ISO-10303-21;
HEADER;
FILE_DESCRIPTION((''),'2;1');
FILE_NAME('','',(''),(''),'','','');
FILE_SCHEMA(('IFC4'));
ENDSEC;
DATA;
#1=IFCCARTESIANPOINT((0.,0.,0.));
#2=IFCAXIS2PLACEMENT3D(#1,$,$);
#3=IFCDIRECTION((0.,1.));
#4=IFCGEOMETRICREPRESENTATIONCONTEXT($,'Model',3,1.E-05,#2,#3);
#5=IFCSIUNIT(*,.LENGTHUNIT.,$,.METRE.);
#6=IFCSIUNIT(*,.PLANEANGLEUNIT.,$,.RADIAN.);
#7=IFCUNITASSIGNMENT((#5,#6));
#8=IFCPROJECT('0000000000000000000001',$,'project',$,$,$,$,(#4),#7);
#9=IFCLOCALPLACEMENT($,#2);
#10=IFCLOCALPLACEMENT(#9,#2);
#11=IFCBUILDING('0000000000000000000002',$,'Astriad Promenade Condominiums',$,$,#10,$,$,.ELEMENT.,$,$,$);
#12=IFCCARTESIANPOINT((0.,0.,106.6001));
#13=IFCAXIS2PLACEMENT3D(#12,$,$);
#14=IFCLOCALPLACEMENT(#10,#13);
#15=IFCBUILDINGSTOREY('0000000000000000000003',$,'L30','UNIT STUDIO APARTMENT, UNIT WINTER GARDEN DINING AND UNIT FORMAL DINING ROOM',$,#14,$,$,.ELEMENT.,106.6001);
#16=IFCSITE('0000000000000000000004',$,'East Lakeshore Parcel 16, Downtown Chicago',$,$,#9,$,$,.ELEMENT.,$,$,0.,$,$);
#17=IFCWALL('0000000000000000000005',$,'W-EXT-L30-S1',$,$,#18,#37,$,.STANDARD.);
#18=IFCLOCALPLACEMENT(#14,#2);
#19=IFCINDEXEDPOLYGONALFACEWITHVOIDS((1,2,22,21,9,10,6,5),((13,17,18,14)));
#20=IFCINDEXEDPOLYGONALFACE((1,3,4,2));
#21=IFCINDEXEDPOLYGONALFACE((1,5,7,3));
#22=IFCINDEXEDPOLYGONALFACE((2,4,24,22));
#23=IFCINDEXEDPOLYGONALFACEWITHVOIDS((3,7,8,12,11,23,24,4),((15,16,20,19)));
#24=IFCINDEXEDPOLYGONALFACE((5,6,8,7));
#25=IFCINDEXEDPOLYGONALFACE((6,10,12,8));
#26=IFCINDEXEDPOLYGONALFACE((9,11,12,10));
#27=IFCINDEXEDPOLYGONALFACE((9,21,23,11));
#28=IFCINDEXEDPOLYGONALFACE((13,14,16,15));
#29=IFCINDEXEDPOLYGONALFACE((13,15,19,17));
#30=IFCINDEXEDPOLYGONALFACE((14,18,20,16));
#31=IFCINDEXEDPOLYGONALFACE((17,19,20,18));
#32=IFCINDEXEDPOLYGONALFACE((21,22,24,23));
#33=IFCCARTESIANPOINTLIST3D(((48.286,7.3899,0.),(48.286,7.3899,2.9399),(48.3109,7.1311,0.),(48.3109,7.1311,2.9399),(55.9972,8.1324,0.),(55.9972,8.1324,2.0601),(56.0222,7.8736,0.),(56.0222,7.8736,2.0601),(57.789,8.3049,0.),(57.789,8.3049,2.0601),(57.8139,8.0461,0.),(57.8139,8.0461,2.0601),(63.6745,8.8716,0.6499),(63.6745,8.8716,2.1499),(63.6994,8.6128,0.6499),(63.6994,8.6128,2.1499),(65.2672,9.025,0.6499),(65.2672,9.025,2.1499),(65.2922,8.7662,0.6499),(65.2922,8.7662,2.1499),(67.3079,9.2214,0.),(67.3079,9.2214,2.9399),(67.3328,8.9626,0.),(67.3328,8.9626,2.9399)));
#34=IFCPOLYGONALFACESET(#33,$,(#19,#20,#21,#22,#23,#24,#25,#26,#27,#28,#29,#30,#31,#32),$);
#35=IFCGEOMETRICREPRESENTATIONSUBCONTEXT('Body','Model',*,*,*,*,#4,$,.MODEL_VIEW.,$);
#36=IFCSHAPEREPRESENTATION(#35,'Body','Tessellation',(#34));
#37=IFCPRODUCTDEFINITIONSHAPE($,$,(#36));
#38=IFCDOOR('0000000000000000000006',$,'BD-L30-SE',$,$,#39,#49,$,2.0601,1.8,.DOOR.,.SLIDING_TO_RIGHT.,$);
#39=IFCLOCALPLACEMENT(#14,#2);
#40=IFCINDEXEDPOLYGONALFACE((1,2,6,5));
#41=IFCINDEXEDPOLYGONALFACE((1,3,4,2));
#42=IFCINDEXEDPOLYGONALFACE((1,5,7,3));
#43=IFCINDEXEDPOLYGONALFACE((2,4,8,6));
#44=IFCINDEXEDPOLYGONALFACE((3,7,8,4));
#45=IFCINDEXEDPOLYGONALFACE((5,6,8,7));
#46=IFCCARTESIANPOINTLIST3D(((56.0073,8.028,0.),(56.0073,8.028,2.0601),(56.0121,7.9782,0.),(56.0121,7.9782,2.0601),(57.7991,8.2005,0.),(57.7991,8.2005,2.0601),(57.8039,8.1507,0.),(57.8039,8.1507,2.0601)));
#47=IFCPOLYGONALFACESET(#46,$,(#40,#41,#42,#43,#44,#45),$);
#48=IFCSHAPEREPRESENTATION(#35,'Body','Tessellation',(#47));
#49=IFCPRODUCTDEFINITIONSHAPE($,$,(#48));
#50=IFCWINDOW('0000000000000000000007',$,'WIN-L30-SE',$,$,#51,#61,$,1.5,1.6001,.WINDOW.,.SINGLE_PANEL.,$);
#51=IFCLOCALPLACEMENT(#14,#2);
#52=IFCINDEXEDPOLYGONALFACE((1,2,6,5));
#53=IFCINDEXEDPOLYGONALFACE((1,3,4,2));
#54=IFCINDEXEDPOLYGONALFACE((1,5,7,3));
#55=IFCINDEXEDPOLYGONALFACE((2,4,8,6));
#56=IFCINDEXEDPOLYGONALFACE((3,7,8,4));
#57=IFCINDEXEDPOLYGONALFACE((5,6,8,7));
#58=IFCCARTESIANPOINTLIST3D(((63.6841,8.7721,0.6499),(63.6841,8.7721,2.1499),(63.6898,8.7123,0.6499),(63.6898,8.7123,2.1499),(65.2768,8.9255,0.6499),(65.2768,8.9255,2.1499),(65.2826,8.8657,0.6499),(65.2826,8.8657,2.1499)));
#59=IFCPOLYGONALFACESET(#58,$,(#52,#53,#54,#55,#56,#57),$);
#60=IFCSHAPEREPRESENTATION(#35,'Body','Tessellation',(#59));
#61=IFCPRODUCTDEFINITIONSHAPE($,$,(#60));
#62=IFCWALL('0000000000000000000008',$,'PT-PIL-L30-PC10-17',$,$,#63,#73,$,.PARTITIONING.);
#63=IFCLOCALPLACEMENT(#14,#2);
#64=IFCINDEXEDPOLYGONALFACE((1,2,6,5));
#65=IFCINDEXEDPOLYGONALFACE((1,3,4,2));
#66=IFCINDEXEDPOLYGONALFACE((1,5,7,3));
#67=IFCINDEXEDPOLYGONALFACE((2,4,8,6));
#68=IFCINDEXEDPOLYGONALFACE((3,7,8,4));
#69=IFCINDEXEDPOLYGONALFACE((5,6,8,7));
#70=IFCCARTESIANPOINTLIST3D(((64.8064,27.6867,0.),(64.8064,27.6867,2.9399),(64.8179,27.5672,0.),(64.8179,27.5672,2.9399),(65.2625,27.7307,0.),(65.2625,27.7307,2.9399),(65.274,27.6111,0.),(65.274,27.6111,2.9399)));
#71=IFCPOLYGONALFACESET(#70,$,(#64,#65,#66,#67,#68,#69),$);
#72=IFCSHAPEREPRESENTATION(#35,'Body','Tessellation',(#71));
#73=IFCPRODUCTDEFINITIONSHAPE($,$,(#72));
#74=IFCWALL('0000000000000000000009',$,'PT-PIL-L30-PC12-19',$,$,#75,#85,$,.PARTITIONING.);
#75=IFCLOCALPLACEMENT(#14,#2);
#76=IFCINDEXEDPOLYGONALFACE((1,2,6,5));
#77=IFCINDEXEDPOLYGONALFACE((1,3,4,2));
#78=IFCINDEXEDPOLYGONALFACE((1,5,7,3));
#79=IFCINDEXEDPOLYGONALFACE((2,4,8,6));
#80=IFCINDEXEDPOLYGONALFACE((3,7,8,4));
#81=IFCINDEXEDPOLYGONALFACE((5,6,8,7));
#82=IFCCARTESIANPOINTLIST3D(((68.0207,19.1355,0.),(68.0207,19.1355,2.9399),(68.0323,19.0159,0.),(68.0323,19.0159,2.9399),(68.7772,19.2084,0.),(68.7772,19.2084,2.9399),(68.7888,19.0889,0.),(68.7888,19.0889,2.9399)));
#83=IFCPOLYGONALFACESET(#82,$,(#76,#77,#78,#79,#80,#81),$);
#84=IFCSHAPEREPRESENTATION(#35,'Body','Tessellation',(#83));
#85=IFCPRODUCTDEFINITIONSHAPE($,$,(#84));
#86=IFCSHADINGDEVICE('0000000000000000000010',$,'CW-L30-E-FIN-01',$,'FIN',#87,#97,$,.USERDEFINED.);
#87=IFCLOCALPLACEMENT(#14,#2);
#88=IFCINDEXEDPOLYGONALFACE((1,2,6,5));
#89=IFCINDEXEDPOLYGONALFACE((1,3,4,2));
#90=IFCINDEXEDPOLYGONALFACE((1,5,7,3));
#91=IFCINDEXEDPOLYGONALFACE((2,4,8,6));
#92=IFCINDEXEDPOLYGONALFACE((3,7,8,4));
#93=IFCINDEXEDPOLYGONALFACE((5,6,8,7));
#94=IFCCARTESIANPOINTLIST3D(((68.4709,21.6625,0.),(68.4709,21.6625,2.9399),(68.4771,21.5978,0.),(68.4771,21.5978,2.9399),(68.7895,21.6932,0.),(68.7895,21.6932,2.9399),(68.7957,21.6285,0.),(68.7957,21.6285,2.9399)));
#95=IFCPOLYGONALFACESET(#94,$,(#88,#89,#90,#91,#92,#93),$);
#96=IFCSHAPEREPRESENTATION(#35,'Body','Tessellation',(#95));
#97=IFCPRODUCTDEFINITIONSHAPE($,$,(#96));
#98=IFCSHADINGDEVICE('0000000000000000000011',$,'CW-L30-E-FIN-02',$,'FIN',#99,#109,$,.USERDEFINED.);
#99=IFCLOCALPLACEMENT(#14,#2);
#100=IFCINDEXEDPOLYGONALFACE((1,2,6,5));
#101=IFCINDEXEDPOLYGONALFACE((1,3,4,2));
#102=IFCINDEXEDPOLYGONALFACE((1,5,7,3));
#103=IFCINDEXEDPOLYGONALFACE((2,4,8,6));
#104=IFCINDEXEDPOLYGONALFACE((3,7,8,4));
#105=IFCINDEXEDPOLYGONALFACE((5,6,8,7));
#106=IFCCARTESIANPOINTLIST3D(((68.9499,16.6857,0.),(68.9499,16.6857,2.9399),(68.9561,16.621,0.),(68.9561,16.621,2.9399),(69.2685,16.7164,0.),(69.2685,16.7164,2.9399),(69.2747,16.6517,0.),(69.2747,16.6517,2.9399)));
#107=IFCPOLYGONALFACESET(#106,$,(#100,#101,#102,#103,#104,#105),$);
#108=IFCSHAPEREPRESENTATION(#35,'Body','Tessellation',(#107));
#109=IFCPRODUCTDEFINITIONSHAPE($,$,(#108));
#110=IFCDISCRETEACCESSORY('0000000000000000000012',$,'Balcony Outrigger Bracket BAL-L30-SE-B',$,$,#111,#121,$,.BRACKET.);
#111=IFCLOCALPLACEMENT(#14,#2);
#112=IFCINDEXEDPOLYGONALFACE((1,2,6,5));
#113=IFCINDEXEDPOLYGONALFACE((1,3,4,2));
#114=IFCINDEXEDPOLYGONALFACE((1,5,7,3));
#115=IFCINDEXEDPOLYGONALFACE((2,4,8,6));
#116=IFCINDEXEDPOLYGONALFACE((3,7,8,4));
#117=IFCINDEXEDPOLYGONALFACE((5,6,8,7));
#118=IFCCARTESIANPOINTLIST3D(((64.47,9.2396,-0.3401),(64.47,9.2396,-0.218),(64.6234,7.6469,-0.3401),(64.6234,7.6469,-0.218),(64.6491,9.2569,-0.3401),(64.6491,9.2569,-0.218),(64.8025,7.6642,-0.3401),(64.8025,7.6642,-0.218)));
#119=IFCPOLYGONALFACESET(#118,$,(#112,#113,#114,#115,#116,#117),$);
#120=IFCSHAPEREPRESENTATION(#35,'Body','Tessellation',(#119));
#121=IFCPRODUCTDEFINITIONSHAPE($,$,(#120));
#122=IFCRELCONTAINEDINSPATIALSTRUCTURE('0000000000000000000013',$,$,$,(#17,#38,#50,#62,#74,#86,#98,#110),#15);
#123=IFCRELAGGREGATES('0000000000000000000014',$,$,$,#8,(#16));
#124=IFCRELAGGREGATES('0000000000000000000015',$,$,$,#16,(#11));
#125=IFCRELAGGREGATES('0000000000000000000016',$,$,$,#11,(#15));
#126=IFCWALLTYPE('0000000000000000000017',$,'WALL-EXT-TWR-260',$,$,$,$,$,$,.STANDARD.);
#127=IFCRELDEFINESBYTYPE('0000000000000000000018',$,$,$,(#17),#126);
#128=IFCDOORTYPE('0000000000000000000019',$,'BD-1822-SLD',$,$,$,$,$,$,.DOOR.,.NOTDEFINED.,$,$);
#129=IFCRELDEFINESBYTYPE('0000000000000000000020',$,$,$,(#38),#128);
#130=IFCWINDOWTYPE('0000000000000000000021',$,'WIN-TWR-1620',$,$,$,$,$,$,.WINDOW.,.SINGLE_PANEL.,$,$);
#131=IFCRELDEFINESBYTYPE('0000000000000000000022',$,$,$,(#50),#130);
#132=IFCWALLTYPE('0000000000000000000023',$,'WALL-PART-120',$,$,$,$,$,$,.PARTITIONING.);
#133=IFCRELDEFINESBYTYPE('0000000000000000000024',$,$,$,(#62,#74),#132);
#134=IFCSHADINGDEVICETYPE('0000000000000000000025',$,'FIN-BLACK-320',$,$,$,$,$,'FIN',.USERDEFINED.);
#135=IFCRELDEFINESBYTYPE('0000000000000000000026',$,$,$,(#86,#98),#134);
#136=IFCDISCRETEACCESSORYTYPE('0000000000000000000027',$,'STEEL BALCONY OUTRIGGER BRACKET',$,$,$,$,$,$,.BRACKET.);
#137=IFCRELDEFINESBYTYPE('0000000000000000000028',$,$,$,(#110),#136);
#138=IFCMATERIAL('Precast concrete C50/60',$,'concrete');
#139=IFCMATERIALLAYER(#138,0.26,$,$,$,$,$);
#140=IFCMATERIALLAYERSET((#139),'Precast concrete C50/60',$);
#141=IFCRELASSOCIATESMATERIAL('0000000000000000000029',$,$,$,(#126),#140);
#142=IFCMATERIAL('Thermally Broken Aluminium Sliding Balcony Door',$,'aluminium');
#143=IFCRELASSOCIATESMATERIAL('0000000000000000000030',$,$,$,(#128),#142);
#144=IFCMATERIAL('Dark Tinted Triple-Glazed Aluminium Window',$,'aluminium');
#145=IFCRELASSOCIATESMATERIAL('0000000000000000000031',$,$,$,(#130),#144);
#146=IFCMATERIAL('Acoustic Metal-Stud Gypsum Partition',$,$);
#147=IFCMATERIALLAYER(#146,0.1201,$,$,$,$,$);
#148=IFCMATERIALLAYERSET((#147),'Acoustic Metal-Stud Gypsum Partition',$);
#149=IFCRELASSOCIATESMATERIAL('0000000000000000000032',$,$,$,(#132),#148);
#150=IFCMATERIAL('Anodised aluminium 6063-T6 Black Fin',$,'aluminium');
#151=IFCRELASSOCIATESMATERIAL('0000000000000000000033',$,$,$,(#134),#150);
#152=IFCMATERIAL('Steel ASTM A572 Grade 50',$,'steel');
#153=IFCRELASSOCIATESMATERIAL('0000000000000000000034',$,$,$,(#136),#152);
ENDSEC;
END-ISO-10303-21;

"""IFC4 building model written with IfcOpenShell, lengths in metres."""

from ifc_helpers import new_model, si_unit, direction, frame, frame_2d, origin, origin_2d, place, context, subcontext, project, spatial, rectangle, extrude, source, transform, mapped, material, layer, layer_set, type_object, type_shapes, element, fill, save


model = new_model("IFC4")

# Units and contexts
model_context = context("Model", 3, precision=1e-05, world=origin(), true_north=direction((0.0, 1.0)))
body_context = subcontext(model_context, "Body", "Model", "MODEL_VIEW")
ifc_project = project(units=[si_unit("LENGTHUNIT", "METRE"), si_unit("PLANEANGLEUNIT", "RADIAN")], contexts=[model_context])

# Site, building, storey
site_placement = place(None, origin())
site = spatial("IfcSite", under=ifc_project, at=site_placement, Name="East Lakeshore Parcel 16, Downtown Chicago", CompositionType="ELEMENT", RefElevation=0.0)
building_placement = place(site_placement, origin())
building = spatial("IfcBuilding", under=site, at=building_placement, Name="Astriad Promenade Condominiums", CompositionType="ELEMENT")
storey_placement = place(building_placement, frame((0.0, 0.0, 106.6001)))
storey = spatial("IfcBuildingStorey", under=building, at=storey_placement, Name="L30", Description="UNIT STUDIO APARTMENT, UNIT WINTER GARDEN DINING AND UNIT FORMAL DINING ROOM", CompositionType="ELEMENT", Elevation=106.6001)

# Shared definitions
ifc_material_1 = material(Name="Precast concrete C50/60", Category="concrete")
ifc_layer_1 = layer(ifc_material_1, 0.26)
ifc_layer_set_1 = layer_set([ifc_layer_1], Name="Precast concrete C50/60")
wall_type_1 = type_object("IfcWallType", Name="WALL-EXT-TWR-260", PredefinedType="STANDARD", material=ifc_layer_set_1)

# Wall, openings, door, window
wall_1_placement = place(storey_placement, frame((67.3203, 9.092, 0.0), z_axis=(0.0, 0.0, 1.0), x_axis=(-0.995397, -0.095842, 0.0)))
wall_1 = element("IfcWall", 1, at=wall_1_placement, inside=storey, type_object=wall_type_1, Name="W-EXT-L30-S1", PredefinedType="STANDARD", context=body_context, shape_type="SweptSolid", body=[
    extrude(rectangle(XDim=19.1099, YDim=0.26, at=frame_2d((9.5549, 0.0))), origin(), (0.0, 0.0, 1.0), 2.9399),
])
opening_1_placement = place(wall_1_placement, frame((9.563, 0.0, 0.0)))
opening_1 = element("IfcOpeningElement", 2, at=opening_1_placement, cuts=wall_1, PredefinedType="OPENING", context=body_context, shape_type="SweptSolid", body=[
    extrude(rectangle(XDim=1.8, YDim=2.0601, at=frame_2d((0.8999, 1.03))), frame((0.0, 0.1399, 0.0), z_axis=(0.0, -1.0, 0.0), x_axis=(1.0, 0.0, 0.0)), (0.0, 0.0, 1.0), 0.28),
])
opening_2_placement = place(wall_1_placement, frame((2.05, 0.0, 0.6499)))
opening_2 = element("IfcOpeningElement", 3, at=opening_2_placement, cuts=wall_1, PredefinedType="OPENING", context=body_context, shape_type="SweptSolid", body=[
    extrude(rectangle(XDim=1.6001, YDim=1.5, at=frame_2d((0.8, 0.75))), frame((0.0, 0.1399, 0.0), z_axis=(0.0, -1.0, 0.0), x_axis=(1.0, 0.0, 0.0)), (0.0, 0.0, 1.0), 0.28),
])
ifc_material_2 = material(Name="Thermally Broken Aluminium Sliding Balcony Door", Category="aluminium")
door_type = type_object("IfcDoorType", Name="BD-1822-SLD", OperationType="NOTDEFINED", PredefinedType="DOOR", material=ifc_material_2)
shared_shape_1 = source(origin(), body_context, "Body", "SweptSolid", [
    extrude(rectangle(XDim=1.8, YDim=2.0601, at=frame_2d((0.8999, 1.03))), frame((0.0, 0.0249, 0.0), z_axis=(0.0, -1.0, 0.0), x_axis=(1.0, 0.0, 0.0)), (0.0, 0.0, 1.0), 0.05),
])
type_shapes(door_type, [shared_shape_1])
door_placement = place(opening_1_placement, origin())
door = element("IfcDoor", 4, at=door_placement, inside=storey, type_object=door_type, Name="BD-L30-SE", OperationType="SLIDING_TO_RIGHT", OverallHeight=2.0601, OverallWidth=1.8, PredefinedType="DOOR", context=body_context, shape_type="MappedRepresentation", body=[
    mapped(shared_shape_1, transform((0.0, 0.0, 0.0), scale=1.0)),
])
fill(opening_1, door)
ifc_material_3 = material(Name="Dark Tinted Triple-Glazed Aluminium Window", Category="aluminium")
window_type = type_object("IfcWindowType", Name="WIN-TWR-1620", PartitioningType="SINGLE_PANEL", PredefinedType="WINDOW", material=ifc_material_3)
shared_shape_2 = source(origin(), body_context, "Body", "SweptSolid", [
    extrude(rectangle(XDim=1.6001, YDim=1.5, at=frame_2d((0.8, 0.75))), frame((0.0, 0.03, 0.0), z_axis=(0.0, -1.0, 0.0), x_axis=(1.0, 0.0, 0.0)), (0.0, 0.0, 1.0), 0.0601),
])
type_shapes(window_type, [shared_shape_2])
window_placement = place(opening_2_placement, origin())
window = element("IfcWindow", 5, at=window_placement, inside=storey, type_object=window_type, Name="WIN-L30-SE", OverallHeight=1.5, OverallWidth=1.6001, PartitioningType="SINGLE_PANEL", PredefinedType="WINDOW", context=body_context, shape_type="MappedRepresentation", body=[
    mapped(shared_shape_2, transform((0.0, 0.0, 0.0), scale=1.0)),
])
fill(opening_2, window)

# Walls
ifc_material_4 = material(Name="Acoustic Metal-Stud Gypsum Partition")
ifc_layer_2 = layer(ifc_material_4, 0.1201)
ifc_layer_set_2 = layer_set([ifc_layer_2], Name="Acoustic Metal-Stud Gypsum Partition")
wall_type_2 = type_object("IfcWallType", Name="WALL-PART-120", PredefinedType="PARTITIONING", material=ifc_layer_set_2)
wall_2_placement = place(storey_placement, frame((64.8123, 27.627, 0.0), z_axis=(0.0, 0.0, 1.0), x_axis=(0.995389, 0.095915, 0.0)))
element("IfcWall", 6, at=wall_2_placement, inside=storey, type_object=wall_type_2, Name="PT-PIL-L30-PC10-17", PredefinedType="PARTITIONING", context=body_context, shape_type="SweptSolid", body=[
    extrude(rectangle(XDim=0.4583, YDim=0.1201, at=frame_2d((0.229, 0.0))), origin(), (0.0, 0.0, 1.0), 2.9399),
])
wall_3_placement = place(storey_placement, frame((68.0266, 19.0757, 0.0), z_axis=(0.0, 0.0, 1.0), x_axis=(0.995378, 0.096037, 0.0)))
element("IfcWall", 7, at=wall_3_placement, inside=storey, type_object=wall_type_2, Name="PT-PIL-L30-PC12-19", PredefinedType="PARTITIONING", context=body_context, shape_type="SweptSolid", body=[
    extrude(rectangle(XDim=0.76, YDim=0.1201, at=frame_2d((0.3799, 0.0))), origin(), (0.0, 0.0, 1.0), 2.9399),
])

# Shading devices
ifc_material_5 = material(Name="Anodised aluminium 6063-T6 Black Fin", Category="aluminium")
shading_device_type = type_object("IfcShadingDeviceType", Name="FIN-BLACK-320", ElementType="FIN", PredefinedType="USERDEFINED", material=ifc_material_5)
shared_shape_3 = source(origin(), body_context, "Body", "SweptSolid", [
    extrude(rectangle(XDim=0.0649, YDim=0.3201, at=origin_2d()), origin(), (0.0, 0.0, 1.0), 2.9399),
])
type_shapes(shading_device_type, [shared_shape_3])
for number, where, z_axis, x_axis, name in (
    (8, (68.6333, 21.6455, 0.0), (0.0, 0.0, 1.0), (0.095846, -0.995396, 0.0), "CW-L30-E-FIN-01"),
    (9, (69.1123, 16.6687, 0.0), (0.0, 0.0, 1.0), (0.095846, -0.995396, 0.0), "CW-L30-E-FIN-02"),
):
    element("IfcShadingDevice", number, at=place(storey_placement, frame(where, z_axis=z_axis, x_axis=x_axis)), inside=storey, type_object=shading_device_type, Name=name, ObjectType="FIN", PredefinedType="USERDEFINED", context=body_context, shape_type="MappedRepresentation", body=[
        mapped(shared_shape_3, transform((0.0, 0.0, 0.0), scale=1.0)),
    ])

# Discrete accessory
ifc_material_6 = material(Name="Steel ASTM A572 Grade 50", Category="steel")
discrete_accessory_type = type_object("IfcDiscreteAccessoryType", Name="STEEL BALCONY OUTRIGGER BRACKET", PredefinedType="BRACKET", material=ifc_material_6)
shared_shape_4 = source(origin(), body_context, "Body", "SweptSolid", [
    extrude(rectangle(XDim=1.6001, YDim=0.1799, at=origin_2d()), origin(), (0.0, 0.0, 1.0), 0.1221),
])
type_shapes(discrete_accessory_type, [shared_shape_4])
discrete_accessory_placement = place(storey_placement, frame((64.6362, 8.4519, -0.3401), z_axis=(0.0, 0.0, 1.0), x_axis=(0.095846, -0.995396, 0.0)))
element("IfcDiscreteAccessory", 10, at=discrete_accessory_placement, inside=storey, type_object=discrete_accessory_type, Name="Balcony Outrigger Bracket BAL-L30-SE-B", PredefinedType="BRACKET", context=body_context, shape_type="MappedRepresentation", body=[
    mapped(shared_shape_4, transform((0.0, 0.0, 0.0), scale=1.0)),
])

save(model, "model.ifc")
